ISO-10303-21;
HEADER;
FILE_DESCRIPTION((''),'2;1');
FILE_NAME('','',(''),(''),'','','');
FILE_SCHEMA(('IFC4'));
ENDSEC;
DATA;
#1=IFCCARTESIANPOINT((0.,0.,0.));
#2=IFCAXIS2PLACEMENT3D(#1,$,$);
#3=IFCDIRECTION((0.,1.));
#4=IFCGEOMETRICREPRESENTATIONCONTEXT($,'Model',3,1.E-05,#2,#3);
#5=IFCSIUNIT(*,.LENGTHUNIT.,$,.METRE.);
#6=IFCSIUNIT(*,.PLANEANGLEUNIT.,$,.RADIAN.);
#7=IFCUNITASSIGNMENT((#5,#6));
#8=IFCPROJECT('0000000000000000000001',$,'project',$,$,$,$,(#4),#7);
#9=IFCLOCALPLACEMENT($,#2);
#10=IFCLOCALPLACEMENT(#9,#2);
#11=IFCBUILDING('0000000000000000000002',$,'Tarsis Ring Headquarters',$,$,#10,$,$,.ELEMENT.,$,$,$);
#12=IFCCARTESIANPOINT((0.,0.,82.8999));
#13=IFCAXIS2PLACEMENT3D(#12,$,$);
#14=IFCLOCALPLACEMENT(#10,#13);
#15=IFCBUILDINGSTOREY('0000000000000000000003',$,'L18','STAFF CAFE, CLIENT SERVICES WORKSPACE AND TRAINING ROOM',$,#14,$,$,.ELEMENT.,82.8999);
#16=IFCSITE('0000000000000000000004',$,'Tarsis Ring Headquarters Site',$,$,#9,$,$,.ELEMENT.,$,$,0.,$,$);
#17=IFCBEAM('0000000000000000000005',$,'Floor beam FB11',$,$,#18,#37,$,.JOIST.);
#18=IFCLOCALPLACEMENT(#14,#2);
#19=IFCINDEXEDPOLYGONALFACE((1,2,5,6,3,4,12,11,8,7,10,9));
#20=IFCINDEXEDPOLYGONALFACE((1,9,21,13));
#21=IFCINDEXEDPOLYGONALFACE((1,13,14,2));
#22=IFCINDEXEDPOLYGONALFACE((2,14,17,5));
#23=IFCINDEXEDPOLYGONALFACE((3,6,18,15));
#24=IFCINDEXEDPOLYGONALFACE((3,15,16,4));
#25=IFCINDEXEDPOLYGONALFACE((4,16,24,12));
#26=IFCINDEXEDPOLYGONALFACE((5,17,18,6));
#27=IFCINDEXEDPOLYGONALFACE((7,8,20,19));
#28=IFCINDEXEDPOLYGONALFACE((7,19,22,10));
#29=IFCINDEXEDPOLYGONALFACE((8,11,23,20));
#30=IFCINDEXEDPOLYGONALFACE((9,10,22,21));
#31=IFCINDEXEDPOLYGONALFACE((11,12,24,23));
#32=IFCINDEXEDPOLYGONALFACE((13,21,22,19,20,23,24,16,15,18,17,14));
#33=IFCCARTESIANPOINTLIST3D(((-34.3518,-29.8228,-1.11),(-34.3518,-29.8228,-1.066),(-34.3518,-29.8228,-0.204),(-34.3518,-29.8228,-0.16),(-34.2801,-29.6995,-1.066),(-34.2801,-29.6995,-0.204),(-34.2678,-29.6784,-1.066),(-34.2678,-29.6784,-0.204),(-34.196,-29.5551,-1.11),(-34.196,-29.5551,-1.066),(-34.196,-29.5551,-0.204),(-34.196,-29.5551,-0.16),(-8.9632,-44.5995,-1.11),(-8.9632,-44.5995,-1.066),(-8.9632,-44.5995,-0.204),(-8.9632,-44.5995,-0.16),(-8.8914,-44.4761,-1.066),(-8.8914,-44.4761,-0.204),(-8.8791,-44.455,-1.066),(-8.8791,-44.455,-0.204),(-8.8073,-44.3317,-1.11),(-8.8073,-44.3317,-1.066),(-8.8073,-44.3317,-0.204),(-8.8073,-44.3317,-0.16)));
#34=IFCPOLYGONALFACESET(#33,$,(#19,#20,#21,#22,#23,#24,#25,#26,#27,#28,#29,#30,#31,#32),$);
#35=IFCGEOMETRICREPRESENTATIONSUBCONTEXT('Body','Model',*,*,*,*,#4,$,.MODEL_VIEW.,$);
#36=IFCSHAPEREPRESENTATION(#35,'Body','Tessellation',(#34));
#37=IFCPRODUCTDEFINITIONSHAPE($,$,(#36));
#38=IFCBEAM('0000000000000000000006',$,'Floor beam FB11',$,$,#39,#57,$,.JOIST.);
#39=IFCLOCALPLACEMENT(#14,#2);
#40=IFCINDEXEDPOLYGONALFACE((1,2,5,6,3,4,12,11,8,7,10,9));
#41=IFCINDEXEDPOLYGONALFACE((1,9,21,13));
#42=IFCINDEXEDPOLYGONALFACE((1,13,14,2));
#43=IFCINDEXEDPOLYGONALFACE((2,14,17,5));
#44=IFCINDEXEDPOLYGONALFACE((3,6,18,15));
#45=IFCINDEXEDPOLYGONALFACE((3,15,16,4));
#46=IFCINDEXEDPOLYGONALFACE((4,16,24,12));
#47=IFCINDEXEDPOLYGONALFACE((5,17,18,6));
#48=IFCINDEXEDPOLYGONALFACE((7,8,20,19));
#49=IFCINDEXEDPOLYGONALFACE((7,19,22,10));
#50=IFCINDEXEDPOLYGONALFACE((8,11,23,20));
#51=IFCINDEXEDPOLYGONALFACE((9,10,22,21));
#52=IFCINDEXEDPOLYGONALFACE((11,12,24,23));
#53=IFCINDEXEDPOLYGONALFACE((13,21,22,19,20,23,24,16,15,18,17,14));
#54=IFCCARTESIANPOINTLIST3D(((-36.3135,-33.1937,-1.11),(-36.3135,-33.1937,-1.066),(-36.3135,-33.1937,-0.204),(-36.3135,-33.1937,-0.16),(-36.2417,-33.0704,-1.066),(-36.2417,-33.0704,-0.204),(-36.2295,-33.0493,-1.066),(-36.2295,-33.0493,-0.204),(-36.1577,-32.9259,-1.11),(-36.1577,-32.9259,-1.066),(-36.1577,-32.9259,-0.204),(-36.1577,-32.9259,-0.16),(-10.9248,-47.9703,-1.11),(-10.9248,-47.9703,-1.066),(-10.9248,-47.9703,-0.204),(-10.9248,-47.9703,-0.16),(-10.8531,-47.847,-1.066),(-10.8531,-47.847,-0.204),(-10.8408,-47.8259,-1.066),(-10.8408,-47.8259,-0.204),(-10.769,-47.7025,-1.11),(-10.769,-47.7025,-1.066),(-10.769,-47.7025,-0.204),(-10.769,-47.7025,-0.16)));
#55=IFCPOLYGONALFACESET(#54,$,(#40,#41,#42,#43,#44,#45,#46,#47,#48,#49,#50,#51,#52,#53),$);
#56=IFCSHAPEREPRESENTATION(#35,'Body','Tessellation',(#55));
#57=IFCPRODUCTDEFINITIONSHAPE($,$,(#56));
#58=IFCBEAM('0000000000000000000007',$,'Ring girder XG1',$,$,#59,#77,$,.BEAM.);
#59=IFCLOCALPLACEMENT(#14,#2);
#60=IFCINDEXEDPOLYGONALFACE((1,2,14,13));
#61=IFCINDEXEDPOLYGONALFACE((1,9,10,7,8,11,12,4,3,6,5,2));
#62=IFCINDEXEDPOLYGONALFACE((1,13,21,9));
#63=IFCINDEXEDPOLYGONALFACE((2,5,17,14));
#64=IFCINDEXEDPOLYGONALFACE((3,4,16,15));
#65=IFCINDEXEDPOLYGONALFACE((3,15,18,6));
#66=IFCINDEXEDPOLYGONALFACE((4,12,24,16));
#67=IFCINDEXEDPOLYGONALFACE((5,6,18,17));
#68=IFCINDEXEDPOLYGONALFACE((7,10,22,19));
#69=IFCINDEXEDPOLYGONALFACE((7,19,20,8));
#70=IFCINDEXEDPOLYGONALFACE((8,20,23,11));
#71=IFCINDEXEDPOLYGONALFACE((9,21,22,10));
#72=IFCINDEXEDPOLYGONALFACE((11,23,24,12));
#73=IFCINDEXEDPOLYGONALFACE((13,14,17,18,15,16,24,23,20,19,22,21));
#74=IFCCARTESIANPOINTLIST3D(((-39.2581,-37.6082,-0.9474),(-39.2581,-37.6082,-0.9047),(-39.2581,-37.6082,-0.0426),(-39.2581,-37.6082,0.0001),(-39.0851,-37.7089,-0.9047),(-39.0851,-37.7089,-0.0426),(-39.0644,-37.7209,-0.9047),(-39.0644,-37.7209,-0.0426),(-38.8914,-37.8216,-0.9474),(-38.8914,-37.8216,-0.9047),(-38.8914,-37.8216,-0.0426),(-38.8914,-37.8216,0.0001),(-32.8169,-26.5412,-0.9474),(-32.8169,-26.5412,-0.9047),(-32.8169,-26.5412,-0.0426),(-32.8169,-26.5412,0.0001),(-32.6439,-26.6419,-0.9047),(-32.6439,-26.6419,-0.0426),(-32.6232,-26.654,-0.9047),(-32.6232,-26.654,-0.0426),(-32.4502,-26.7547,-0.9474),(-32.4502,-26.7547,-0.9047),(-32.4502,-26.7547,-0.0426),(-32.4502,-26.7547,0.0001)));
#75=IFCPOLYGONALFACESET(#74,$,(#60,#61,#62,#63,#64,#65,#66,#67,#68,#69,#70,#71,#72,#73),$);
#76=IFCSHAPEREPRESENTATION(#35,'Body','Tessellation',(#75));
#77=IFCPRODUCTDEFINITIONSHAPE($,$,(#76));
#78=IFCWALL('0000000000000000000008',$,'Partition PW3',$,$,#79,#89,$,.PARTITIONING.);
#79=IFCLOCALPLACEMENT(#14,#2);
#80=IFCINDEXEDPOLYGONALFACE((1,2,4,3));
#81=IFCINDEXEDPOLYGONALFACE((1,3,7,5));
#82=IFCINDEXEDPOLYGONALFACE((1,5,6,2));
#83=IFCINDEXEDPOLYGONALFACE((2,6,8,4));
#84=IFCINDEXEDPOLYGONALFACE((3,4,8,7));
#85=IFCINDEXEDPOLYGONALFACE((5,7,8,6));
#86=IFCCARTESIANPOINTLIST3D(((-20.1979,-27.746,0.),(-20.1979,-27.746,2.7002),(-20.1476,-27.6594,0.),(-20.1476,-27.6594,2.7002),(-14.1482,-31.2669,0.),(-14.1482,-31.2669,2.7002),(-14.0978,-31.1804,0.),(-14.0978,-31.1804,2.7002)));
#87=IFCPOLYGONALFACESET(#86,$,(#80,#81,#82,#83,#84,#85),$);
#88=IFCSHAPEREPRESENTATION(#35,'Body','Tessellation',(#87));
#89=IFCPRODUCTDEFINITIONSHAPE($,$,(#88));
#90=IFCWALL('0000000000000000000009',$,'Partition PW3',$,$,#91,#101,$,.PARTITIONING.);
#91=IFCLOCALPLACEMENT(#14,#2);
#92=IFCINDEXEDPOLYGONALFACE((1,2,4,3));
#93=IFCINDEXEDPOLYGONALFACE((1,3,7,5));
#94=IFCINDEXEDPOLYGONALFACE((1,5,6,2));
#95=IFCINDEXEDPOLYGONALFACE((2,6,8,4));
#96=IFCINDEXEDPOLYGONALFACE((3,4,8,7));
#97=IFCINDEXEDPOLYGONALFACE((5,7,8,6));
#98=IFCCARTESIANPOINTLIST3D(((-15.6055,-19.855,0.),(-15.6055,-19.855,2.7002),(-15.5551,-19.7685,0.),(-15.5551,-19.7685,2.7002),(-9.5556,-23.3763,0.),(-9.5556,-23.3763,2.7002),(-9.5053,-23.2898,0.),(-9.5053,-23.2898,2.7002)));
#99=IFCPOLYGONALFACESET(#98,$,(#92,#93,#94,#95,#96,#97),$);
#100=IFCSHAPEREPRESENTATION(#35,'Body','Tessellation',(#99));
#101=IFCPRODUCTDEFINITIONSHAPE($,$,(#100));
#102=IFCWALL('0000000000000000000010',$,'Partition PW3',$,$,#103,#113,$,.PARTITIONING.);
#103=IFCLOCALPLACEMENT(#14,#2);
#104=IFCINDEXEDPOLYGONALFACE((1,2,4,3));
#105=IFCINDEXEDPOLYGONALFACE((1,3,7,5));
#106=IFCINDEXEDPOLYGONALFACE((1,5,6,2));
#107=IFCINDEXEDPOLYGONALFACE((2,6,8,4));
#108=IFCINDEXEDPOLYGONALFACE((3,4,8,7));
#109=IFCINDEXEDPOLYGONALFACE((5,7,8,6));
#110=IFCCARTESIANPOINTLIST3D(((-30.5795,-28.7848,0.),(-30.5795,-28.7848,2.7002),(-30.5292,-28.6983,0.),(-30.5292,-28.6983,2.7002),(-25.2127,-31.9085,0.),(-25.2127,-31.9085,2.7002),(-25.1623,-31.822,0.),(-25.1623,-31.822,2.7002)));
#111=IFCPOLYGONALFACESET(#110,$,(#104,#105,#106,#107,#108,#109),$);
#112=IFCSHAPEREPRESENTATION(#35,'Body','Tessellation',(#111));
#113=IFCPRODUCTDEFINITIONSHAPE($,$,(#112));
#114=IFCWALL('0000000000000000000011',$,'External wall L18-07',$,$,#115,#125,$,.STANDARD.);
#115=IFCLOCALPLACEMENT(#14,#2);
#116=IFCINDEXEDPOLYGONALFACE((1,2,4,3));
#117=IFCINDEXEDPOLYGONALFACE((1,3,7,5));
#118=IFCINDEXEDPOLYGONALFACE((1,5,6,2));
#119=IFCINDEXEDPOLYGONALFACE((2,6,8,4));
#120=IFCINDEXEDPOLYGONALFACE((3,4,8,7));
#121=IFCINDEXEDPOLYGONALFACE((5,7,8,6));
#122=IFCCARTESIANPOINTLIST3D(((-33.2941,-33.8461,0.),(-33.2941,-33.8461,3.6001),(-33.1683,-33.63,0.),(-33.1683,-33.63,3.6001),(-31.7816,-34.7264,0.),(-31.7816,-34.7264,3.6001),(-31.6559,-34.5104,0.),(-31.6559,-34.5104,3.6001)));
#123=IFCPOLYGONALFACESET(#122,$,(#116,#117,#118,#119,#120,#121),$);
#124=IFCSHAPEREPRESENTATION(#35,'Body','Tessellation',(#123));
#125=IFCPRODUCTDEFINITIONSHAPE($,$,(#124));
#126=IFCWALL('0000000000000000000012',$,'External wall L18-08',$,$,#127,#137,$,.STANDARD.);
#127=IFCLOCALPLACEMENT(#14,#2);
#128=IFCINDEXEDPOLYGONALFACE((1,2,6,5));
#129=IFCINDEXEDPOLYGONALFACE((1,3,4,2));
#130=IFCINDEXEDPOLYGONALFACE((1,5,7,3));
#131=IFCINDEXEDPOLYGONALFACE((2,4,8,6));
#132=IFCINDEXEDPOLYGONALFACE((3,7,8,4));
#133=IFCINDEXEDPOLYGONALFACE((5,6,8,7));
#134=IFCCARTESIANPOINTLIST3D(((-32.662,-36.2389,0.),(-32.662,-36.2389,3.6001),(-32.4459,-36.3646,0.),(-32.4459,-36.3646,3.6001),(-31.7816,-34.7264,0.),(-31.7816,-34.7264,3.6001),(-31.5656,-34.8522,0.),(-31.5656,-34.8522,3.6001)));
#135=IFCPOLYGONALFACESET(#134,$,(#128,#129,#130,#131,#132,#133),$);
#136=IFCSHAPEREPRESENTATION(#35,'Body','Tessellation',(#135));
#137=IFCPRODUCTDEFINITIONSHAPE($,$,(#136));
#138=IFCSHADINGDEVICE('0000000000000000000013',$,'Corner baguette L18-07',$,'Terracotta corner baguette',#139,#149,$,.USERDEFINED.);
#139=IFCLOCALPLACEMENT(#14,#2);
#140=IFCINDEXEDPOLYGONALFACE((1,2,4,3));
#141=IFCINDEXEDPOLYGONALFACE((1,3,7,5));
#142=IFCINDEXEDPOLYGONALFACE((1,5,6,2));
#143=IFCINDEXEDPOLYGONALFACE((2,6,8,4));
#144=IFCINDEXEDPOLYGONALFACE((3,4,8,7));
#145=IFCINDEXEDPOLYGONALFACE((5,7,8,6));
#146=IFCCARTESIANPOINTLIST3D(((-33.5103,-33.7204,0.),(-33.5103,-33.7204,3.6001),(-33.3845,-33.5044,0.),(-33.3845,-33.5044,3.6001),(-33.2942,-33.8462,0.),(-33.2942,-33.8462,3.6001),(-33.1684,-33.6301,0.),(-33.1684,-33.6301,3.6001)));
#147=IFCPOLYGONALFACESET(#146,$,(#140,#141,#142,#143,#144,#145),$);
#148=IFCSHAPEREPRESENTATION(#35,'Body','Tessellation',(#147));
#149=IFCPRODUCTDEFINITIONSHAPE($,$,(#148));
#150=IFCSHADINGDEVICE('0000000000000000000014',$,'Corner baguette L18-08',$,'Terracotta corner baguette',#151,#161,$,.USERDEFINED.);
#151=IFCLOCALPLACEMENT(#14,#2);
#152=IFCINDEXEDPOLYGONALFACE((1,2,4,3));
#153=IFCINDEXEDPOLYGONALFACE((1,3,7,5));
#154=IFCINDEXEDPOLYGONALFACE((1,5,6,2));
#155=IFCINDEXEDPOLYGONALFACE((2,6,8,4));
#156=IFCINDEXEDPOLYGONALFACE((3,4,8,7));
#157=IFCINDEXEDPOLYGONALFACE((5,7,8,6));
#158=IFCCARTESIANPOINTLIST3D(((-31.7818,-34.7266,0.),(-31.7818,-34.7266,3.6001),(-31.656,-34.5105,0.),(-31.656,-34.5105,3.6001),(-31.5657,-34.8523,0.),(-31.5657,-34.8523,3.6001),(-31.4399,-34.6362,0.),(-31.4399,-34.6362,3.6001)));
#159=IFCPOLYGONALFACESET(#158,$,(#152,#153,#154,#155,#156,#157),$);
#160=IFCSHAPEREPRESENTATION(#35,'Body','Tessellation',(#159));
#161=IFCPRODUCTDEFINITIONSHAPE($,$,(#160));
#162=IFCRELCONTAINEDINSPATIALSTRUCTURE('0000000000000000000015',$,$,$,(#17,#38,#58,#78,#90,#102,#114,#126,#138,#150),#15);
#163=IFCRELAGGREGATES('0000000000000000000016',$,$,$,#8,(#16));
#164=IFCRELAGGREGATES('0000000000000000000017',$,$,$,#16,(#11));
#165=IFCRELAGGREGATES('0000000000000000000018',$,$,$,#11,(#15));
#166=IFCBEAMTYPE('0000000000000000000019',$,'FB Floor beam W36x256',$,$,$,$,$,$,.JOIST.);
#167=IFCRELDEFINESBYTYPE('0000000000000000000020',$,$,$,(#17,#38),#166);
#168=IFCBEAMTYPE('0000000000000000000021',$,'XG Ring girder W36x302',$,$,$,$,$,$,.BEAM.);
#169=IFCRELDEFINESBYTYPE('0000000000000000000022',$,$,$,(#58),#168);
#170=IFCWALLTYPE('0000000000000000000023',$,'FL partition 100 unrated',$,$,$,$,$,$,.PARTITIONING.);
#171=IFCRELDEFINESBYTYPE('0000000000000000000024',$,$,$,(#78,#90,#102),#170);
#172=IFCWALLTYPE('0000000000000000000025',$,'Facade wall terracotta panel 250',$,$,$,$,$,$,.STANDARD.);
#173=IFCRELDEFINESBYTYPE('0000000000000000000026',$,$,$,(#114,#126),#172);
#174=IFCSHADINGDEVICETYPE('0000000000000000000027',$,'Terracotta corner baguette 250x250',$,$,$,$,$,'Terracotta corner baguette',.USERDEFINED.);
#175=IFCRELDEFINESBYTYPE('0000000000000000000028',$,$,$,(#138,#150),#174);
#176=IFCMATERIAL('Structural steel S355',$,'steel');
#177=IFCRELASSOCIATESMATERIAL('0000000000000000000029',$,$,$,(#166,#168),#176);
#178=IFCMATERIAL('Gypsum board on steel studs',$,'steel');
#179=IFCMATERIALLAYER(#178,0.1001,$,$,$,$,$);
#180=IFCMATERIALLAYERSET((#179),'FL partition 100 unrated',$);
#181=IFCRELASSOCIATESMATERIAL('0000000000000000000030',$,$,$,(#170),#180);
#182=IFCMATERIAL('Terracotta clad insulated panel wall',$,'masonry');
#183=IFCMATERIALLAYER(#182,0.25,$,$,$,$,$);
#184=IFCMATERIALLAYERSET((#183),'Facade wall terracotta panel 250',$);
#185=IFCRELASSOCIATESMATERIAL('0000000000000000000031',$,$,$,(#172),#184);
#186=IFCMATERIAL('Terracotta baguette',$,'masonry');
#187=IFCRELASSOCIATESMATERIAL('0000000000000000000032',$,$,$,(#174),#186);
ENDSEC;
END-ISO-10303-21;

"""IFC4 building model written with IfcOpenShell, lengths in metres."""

from ifc_helpers import new_model, si_unit, direction, frame, frame_2d, origin, origin_2d, place, context, subcontext, project, spatial, rectangle, i_section, extrude, material, layer, layer_set, material_profile, profile_set, type_object, element, save


model = new_model("IFC4")

# Units and contexts
model_context = context("Model", 3, precision=1e-05, world=origin(), true_north=direction((0.0, 1.0)))
body_context = subcontext(model_context, "Body", "Model", "MODEL_VIEW")
ifc_project = project(units=[si_unit("LENGTHUNIT", "METRE"), si_unit("PLANEANGLEUNIT", "RADIAN")], contexts=[model_context])

# Site, building, storey
site_placement = place(None, origin())
site = spatial("IfcSite", under=ifc_project, at=site_placement, Name="Tarsis Ring Headquarters Site", CompositionType="ELEMENT", RefElevation=0.0)
building_placement = place(site_placement, origin())
building = spatial("IfcBuilding", under=site, at=building_placement, Name="Tarsis Ring Headquarters", CompositionType="ELEMENT")
storey_placement = place(building_placement, frame((0.0, 0.0, 82.8999)))
storey = spatial("IfcBuildingStorey", under=building, at=storey_placement, Name="L18", Description="STAFF CAFE, CLIENT SERVICES WORKSPACE AND TRAINING ROOM", CompositionType="ELEMENT", Elevation=82.8999)

# Beams
ifc_material_1 = material(Name="Structural steel S355", Category="steel")
ifc_material_profile_1 = material_profile(ifc_material_1, i_section(OverallWidth=0.3098, OverallDepth=0.95, WebThickness=0.0244, FlangeThickness=0.0439, at=origin_2d()), Name="W36x256")
ifc_profile_set_1 = profile_set([ifc_material_profile_1], Name="Structural steel S355")
beam_type_1 = type_object("IfcBeamType", Name="FB Floor beam W36x256", PredefinedType="JOIST", material=ifc_profile_set_1)
for number, where, z_axis, x_axis, name in (
    (1, (-34.2739, -29.689, -0.635), (0.864274, -0.503021, 0.0), (0.503021, 0.864274, 0.0), "Floor beam FB11"),
    (2, (-36.2356, -33.0598, -0.635), (0.864274, -0.503021, 0.0), (0.503021, 0.864274, 0.0), "Floor beam FB11"),
):
    element("IfcBeam", number, at=place(storey_placement, frame(where, z_axis=z_axis, x_axis=x_axis)), inside=storey, type_object=beam_type_1, Name=name, PredefinedType="JOIST", context=body_context, shape_type="SweptSolid", body=[
        extrude(i_section(OverallWidth=0.3098, OverallDepth=0.95, WebThickness=0.0244, FlangeThickness=0.0439, at=origin_2d()), origin(), (0.0, 0.0, 1.0), 29.3757),
    ])
ifc_material_profile_2 = material_profile(ifc_material_1, i_section(OverallWidth=0.4243, OverallDepth=0.9475, WebThickness=0.0239, FlangeThickness=0.0427, at=origin_2d()), Name="W36x302")
ifc_profile_set_2 = profile_set([ifc_material_profile_2], Name="Structural steel S355")
beam_type_2 = type_object("IfcBeamType", Name="XG Ring girder W36x302", PredefinedType="BEAM", material=ifc_profile_set_2)
beam_1_placement = place(storey_placement, frame((-32.6335, -26.6479, -0.4736), z_axis=(-0.503024, -0.864272, 0.0), x_axis=(0.864272, -0.503024, 0.0)))
element("IfcBeam", 3, at=beam_1_placement, inside=storey, type_object=beam_type_2, Name="Ring girder XG1", PredefinedType="BEAM", context=body_context, shape_type="SweptSolid", body=[
    extrude(i_section(OverallWidth=0.4243, OverallDepth=0.9475, WebThickness=0.0239, FlangeThickness=0.0427, at=origin_2d()), origin(), (0.0, 0.0, 1.0), 12.8049),
])

# Walls
ifc_material_2 = material(Name="Gypsum board on steel studs", Category="steel")
ifc_layer_1 = layer(ifc_material_2, 0.1001)
ifc_layer_set_1 = layer_set([ifc_layer_1], Name="FL partition 100 unrated")
wall_type_1 = type_object("IfcWallType", Name="FL partition 100 unrated", PredefinedType="PARTITIONING", material=ifc_layer_set_1)
wall_1_placement = place(storey_placement, frame((-20.1729, -27.7026, 0.0), z_axis=(0.0, 0.0, 1.0), x_axis=(0.864279, -0.503012, 0.0)))
element("IfcWall", 4, at=wall_1_placement, inside=storey, type_object=wall_type_1, Name="Partition PW3", PredefinedType="PARTITIONING", context=body_context, shape_type="SweptSolid", body=[
    extrude(rectangle(XDim=6.9998, YDim=0.1001, at=frame_2d((3.5, 0.0))), origin(), (0.0, 0.0, 1.0), 2.7002),
])
wall_2_placement = place(storey_placement, frame((-15.5803, -19.8118, 0.0), z_axis=(0.0, 0.0, 1.0), x_axis=(0.864264, -0.503038, 0.0)))
element("IfcWall", 5, at=wall_2_placement, inside=storey, type_object=wall_type_1, Name="Partition PW3", PredefinedType="PARTITIONING", context=body_context, shape_type="SweptSolid", body=[
    extrude(rectangle(XDim=7.0, YDim=0.1001, at=frame_2d((3.5, 0.0))), origin(), (0.0, 0.0, 1.0), 2.7002),
])
wall_3_placement = place(storey_placement, frame((-30.5544, -28.7415, 0.0), z_axis=(0.0, 0.0, 1.0), x_axis=(0.864265, -0.503037, 0.0)))
element("IfcWall", 6, at=wall_3_placement, inside=storey, type_object=wall_type_1, Name="Partition PW3", PredefinedType="PARTITIONING", context=body_context, shape_type="SweptSolid", body=[
    extrude(rectangle(XDim=6.2097, YDim=0.1001, at=frame_2d((3.105, 0.0))), origin(), (0.0, 0.0, 1.0), 2.7002),
])
ifc_material_3 = material(Name="Terracotta clad insulated panel wall", Category="masonry")
ifc_layer_2 = layer(ifc_material_3, 0.25)
ifc_layer_set_2 = layer_set([ifc_layer_2], Name="Facade wall terracotta panel 250")
wall_type_2 = type_object("IfcWallType", Name="Facade wall terracotta panel 250", PredefinedType="STANDARD", material=ifc_layer_set_2)
for number, where, z_axis, x_axis, name in (
    (7, (-33.2312, -33.738, 0.0), (0.0, 0.0, 1.0), (0.864249, -0.503064, 0.0), "External wall L18-07"),
    (8, (-31.6736, -34.7893, 0.0), (0.0, 0.0, 1.0), (-0.503064, -0.864249, 0.0), "External wall L18-08"),
):
    element("IfcWall", number, at=place(storey_placement, frame(where, z_axis=z_axis, x_axis=x_axis)), inside=storey, type_object=wall_type_2, Name=name, PredefinedType="STANDARD", context=body_context, shape_type="SweptSolid", body=[
        extrude(rectangle(XDim=1.75, YDim=0.25, at=frame_2d((0.875, 0.0))), origin(), (0.0, 0.0, 1.0), 3.6001),
    ])

# Shading devices
ifc_material_4 = material(Name="Terracotta baguette", Category="masonry")
shading_device_type = type_object("IfcShadingDeviceType", Name="Terracotta corner baguette 250x250", ElementType="Terracotta corner baguette", PredefinedType="USERDEFINED", material=ifc_material_4)
for number, where, z_axis, x_axis, name in (
    (9, (-33.3394, -33.6753, 0.0), (0.0, 0.0, 1.0), (-0.50302, -0.864275, 0.0), "Corner baguette L18-07"),
    (10, (-31.6108, -34.6814, 0.0), (0.0, 0.0, 1.0), (0.864275, -0.50302, 0.0), "Corner baguette L18-08"),
):
    element("IfcShadingDevice", number, at=place(storey_placement, frame(where, z_axis=z_axis, x_axis=x_axis)), inside=storey, type_object=shading_device_type, Name=name, ObjectType="Terracotta corner baguette", PredefinedType="USERDEFINED", context=body_context, shape_type="SweptSolid", body=[
        extrude(rectangle(XDim=0.25, YDim=0.25, at=origin_2d()), origin(), (0.0, 0.0, 1.0), 3.6001),
    ])

save(model, "model.ifc")
